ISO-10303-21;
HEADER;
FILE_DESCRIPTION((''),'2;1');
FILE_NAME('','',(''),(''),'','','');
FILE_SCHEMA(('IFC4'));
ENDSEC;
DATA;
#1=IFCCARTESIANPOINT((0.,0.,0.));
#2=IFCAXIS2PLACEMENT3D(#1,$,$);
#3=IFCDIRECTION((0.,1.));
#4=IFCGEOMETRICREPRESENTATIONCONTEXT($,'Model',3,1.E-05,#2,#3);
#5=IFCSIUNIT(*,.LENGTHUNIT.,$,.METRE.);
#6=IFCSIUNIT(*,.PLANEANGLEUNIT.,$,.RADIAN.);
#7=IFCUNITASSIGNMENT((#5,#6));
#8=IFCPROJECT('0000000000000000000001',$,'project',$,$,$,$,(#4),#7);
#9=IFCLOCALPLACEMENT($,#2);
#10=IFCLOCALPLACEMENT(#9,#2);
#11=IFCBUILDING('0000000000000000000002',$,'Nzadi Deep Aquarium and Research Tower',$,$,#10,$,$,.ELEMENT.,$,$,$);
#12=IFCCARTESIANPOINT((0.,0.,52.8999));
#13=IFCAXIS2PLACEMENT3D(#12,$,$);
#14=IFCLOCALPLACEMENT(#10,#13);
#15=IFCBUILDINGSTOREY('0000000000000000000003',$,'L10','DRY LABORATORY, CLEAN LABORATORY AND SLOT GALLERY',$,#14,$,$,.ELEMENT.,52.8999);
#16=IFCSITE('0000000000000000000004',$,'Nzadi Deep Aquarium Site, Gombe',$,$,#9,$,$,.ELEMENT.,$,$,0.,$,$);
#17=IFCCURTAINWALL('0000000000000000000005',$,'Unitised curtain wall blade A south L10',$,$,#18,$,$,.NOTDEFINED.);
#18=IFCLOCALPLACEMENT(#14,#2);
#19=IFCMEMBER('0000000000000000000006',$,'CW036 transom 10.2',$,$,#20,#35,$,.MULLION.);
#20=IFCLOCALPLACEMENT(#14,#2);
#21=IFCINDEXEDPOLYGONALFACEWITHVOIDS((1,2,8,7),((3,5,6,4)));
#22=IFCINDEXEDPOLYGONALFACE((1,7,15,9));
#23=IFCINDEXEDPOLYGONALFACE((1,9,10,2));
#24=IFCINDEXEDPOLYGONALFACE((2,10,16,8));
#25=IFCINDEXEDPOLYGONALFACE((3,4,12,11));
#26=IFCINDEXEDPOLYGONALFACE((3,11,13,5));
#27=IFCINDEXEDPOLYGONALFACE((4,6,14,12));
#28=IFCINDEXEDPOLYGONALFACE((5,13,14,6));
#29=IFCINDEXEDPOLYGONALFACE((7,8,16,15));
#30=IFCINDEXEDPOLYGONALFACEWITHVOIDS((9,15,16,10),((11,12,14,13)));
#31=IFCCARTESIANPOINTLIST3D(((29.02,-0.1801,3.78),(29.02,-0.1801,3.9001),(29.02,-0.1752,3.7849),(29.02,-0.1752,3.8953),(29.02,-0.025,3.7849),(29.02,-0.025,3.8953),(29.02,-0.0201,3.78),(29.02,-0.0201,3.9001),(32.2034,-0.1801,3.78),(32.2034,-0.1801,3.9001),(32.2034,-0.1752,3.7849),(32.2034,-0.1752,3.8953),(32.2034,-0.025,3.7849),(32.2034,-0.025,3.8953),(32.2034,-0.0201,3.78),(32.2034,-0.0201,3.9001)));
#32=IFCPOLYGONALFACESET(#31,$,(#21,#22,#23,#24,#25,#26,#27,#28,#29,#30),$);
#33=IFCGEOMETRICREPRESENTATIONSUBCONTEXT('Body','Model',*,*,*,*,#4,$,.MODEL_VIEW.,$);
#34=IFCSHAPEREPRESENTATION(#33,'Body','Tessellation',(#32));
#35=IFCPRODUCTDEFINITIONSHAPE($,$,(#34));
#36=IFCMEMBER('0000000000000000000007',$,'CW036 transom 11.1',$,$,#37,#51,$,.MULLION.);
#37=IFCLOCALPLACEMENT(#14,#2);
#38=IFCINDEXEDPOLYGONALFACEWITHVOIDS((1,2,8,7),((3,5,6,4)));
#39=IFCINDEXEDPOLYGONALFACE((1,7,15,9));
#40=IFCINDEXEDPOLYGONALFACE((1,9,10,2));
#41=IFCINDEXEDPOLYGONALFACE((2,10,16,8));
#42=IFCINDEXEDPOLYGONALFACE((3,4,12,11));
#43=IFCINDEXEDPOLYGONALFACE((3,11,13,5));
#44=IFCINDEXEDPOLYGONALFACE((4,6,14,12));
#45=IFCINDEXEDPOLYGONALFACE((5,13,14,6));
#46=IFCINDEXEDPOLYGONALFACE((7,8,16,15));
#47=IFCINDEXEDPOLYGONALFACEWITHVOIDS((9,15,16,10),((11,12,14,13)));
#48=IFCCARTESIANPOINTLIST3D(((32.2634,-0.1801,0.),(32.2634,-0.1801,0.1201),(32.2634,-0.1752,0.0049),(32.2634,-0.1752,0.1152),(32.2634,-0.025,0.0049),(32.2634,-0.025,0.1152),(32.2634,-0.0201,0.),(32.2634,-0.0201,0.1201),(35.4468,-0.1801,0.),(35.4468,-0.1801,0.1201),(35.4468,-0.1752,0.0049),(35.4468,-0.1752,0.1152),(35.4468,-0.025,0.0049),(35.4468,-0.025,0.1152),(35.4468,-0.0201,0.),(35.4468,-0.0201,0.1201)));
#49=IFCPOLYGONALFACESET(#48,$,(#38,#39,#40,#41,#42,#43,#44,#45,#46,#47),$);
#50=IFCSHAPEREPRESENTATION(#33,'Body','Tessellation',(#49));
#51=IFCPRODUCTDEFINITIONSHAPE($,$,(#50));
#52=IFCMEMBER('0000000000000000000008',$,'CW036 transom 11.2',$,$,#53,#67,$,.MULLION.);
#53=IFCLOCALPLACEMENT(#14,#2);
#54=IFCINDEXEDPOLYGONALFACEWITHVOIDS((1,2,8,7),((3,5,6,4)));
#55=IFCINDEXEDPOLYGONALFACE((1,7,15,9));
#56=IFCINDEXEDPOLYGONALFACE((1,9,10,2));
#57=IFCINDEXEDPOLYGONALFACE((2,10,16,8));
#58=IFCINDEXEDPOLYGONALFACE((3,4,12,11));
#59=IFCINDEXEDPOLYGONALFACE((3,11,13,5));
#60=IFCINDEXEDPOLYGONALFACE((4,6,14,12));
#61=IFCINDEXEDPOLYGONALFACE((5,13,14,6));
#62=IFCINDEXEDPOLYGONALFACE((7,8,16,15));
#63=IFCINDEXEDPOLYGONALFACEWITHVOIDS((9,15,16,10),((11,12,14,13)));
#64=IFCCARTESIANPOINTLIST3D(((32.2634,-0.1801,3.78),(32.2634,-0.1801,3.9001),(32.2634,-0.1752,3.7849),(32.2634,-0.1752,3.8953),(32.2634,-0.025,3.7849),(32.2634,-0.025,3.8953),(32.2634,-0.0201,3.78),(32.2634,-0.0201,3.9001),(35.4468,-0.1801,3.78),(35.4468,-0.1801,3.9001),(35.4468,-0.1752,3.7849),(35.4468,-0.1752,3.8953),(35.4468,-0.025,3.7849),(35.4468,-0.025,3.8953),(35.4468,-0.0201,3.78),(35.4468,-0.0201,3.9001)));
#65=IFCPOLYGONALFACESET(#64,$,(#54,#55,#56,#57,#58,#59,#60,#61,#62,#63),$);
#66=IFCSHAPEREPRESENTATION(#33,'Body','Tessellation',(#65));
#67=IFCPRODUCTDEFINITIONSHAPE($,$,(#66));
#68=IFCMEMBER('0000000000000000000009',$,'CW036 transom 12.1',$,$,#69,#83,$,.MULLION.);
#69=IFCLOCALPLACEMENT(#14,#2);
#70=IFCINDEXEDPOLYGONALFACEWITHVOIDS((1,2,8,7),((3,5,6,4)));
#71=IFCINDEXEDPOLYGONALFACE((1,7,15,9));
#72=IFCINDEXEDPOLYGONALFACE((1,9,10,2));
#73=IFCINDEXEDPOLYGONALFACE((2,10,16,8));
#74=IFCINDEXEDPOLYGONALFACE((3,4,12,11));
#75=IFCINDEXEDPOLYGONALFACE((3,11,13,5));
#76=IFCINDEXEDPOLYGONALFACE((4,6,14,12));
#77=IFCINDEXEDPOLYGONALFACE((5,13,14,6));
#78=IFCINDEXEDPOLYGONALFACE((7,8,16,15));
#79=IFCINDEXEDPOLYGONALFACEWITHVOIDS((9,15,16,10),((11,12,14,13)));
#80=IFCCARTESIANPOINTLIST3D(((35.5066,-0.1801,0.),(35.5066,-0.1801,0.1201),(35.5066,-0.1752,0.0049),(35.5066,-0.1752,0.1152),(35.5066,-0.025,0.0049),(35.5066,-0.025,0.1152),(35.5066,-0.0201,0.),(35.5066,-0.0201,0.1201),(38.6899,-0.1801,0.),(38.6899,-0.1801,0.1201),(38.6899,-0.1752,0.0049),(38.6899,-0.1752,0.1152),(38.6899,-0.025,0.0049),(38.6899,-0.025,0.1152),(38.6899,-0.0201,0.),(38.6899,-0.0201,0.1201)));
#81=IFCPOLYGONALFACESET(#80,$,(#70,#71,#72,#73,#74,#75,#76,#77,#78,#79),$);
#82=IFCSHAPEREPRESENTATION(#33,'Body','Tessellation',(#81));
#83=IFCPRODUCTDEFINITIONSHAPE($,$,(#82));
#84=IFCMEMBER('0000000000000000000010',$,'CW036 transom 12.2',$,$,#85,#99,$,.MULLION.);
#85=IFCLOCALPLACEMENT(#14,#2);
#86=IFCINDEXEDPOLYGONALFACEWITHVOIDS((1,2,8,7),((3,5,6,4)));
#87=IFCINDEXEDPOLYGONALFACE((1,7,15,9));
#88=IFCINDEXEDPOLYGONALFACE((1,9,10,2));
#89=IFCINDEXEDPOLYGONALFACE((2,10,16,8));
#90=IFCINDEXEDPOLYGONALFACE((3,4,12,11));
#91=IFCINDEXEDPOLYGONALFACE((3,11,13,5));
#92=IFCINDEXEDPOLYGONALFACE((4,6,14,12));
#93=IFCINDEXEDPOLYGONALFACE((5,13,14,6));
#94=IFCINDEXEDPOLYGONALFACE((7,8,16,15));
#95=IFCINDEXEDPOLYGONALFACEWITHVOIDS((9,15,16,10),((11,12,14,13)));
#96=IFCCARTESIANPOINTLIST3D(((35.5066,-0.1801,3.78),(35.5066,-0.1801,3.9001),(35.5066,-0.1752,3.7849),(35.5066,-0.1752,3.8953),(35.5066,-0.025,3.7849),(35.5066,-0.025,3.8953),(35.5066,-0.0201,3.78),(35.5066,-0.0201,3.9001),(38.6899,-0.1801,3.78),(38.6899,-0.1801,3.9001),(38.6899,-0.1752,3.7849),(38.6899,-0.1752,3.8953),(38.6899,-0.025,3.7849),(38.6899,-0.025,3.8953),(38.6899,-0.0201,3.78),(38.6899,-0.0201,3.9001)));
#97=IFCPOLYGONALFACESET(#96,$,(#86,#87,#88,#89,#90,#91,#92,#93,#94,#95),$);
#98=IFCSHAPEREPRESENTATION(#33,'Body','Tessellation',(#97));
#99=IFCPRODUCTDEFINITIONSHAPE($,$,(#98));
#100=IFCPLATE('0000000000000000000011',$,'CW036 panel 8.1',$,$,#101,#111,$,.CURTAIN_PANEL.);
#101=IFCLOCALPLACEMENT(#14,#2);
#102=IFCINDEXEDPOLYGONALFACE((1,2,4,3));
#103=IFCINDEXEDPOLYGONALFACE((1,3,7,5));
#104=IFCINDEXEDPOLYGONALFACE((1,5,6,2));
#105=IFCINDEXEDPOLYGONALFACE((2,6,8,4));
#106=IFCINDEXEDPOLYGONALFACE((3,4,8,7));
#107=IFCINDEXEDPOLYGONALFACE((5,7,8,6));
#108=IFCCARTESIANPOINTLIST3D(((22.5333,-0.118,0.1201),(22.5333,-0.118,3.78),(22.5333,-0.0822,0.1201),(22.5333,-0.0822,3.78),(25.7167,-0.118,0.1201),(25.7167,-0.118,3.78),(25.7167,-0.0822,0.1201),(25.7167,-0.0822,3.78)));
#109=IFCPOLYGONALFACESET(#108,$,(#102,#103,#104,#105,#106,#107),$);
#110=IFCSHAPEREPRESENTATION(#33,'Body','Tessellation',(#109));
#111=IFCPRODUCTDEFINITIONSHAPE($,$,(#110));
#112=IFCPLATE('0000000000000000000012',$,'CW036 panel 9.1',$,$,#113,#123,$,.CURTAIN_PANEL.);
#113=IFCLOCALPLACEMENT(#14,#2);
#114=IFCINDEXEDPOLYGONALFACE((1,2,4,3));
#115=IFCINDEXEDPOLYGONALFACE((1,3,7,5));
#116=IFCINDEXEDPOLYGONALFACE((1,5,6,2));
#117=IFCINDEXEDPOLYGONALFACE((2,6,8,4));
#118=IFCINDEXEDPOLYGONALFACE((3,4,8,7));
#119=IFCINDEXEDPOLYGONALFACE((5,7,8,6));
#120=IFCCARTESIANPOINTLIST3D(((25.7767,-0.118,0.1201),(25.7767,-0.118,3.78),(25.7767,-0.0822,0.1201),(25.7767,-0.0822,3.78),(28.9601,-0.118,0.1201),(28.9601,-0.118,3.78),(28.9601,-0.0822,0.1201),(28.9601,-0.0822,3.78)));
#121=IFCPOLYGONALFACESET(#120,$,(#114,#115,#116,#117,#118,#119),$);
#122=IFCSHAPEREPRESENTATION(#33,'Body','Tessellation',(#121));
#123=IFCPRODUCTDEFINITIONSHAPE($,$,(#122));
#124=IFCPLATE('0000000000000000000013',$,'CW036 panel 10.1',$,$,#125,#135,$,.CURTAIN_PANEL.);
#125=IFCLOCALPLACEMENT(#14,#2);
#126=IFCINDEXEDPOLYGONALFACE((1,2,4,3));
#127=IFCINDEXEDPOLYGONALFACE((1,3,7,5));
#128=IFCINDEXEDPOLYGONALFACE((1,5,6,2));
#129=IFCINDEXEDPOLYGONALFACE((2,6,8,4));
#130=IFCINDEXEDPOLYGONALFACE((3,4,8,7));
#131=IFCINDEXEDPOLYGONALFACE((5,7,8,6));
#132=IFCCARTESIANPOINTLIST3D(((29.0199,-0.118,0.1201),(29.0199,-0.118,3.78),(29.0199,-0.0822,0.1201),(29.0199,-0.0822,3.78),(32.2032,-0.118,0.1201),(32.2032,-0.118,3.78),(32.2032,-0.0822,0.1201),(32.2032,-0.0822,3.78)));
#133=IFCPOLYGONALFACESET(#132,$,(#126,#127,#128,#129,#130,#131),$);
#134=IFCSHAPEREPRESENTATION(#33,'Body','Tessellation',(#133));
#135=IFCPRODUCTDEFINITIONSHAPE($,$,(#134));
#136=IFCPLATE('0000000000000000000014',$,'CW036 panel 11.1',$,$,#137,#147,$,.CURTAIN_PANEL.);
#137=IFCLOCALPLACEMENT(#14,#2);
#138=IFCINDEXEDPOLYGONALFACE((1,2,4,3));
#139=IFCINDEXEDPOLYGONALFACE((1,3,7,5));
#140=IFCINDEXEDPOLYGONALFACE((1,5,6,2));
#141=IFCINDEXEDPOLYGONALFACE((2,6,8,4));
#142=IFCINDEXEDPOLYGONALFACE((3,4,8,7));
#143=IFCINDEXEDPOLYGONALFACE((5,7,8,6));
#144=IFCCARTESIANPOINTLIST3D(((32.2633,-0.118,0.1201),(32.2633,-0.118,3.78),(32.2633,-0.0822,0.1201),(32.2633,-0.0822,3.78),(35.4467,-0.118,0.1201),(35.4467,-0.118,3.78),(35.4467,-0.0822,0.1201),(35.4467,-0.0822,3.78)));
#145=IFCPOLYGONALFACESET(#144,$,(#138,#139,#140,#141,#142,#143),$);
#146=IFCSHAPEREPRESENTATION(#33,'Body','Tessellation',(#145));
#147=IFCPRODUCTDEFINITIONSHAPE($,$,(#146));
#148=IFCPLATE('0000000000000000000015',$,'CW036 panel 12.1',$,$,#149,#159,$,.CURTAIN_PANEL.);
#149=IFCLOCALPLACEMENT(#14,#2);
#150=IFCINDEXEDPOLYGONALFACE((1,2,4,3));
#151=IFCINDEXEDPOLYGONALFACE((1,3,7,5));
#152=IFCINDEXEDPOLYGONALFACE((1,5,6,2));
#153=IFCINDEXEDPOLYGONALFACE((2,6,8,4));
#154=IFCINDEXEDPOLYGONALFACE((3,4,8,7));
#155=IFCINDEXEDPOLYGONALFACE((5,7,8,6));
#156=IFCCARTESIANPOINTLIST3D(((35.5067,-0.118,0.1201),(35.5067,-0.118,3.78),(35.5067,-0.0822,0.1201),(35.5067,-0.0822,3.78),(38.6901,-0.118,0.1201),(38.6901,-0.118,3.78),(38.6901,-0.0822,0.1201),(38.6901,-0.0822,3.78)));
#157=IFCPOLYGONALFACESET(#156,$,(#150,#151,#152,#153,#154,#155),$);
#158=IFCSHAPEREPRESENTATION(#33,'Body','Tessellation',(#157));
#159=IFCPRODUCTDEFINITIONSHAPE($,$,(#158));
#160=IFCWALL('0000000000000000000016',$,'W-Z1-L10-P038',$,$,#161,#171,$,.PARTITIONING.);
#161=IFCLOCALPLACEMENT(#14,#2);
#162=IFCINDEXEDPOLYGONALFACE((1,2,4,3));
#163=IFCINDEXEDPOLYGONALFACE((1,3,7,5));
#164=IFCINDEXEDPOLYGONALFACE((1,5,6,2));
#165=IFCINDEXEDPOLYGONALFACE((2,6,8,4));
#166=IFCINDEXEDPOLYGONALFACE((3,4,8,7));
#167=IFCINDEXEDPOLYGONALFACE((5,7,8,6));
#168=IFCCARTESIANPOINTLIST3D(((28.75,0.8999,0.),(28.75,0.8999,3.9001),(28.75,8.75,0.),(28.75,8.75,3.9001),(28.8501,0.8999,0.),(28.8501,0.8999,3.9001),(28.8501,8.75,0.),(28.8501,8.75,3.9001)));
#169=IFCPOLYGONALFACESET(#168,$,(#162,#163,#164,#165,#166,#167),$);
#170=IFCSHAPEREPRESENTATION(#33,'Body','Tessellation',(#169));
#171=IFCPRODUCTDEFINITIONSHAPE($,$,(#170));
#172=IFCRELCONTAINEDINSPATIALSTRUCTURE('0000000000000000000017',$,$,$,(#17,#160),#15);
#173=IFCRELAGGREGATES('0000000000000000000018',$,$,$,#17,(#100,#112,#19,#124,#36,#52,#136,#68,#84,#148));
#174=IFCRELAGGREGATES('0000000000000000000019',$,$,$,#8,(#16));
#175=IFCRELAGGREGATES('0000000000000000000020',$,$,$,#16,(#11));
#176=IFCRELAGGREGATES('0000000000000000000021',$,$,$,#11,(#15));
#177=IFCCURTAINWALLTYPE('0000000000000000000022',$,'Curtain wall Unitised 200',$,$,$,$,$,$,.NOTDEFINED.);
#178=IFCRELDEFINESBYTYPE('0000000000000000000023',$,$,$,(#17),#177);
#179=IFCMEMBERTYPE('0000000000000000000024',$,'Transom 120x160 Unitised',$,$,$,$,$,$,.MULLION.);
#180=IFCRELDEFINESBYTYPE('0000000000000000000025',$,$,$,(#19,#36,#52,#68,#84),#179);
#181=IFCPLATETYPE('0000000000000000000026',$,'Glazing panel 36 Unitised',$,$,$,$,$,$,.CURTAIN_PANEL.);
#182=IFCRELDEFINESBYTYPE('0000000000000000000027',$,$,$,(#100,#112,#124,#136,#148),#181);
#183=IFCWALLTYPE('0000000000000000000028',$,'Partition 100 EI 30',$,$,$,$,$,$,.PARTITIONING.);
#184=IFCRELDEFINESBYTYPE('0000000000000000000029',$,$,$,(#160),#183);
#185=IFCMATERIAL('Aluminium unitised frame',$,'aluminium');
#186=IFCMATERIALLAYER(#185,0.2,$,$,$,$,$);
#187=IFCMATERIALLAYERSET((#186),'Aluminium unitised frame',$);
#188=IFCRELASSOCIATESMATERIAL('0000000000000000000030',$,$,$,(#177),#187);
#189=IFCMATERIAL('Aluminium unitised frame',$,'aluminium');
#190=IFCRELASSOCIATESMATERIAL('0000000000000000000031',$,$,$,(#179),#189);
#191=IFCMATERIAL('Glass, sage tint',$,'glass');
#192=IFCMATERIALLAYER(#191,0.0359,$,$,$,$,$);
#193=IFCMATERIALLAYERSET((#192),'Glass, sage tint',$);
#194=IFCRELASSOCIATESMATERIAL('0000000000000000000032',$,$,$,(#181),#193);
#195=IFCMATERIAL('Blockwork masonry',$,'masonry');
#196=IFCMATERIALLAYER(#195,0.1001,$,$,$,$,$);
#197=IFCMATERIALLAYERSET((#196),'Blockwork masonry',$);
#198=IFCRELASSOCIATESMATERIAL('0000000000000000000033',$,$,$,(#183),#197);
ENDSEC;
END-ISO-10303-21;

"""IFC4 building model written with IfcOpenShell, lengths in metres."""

from ifc_helpers import new_model, si_unit, direction, frame, frame_2d, origin, origin_2d, place, context, subcontext, project, spatial, rectangle, hollow_rectangle, extrude, material, layer, layer_set, material_profile, profile_set, type_object, element, aggregate, save


model = new_model("IFC4")

# Units and contexts
model_context = context("Model", 3, precision=1e-05, world=origin(), true_north=direction((0.0, 1.0)))
body_context = subcontext(model_context, "Body", "Model", "MODEL_VIEW")
ifc_project = project(units=[si_unit("LENGTHUNIT", "METRE"), si_unit("PLANEANGLEUNIT", "RADIAN")], contexts=[model_context])

# Site, building, storey
site_placement = place(None, origin())
site = spatial("IfcSite", under=ifc_project, at=site_placement, Name="Nzadi Deep Aquarium Site, Gombe", CompositionType="ELEMENT", RefElevation=0.0)
building_placement = place(site_placement, origin())
building = spatial("IfcBuilding", under=site, at=building_placement, Name="Nzadi Deep Aquarium and Research Tower", CompositionType="ELEMENT")
storey_placement = place(building_placement, frame((0.0, 0.0, 52.8999)))
storey = spatial("IfcBuildingStorey", under=building, at=storey_placement, Name="L10", Description="DRY LABORATORY, CLEAN LABORATORY AND SLOT GALLERY", CompositionType="ELEMENT", Elevation=52.8999)

# Curtain wall
ifc_material_1 = material(Name="Aluminium unitised frame", Category="aluminium")
ifc_layer_1 = layer(ifc_material_1, 0.2)
ifc_layer_set_1 = layer_set([ifc_layer_1], Name="Aluminium unitised frame")
curtain_wall_type = type_object("IfcCurtainWallType", Name="Curtain wall Unitised 200", PredefinedType="NOTDEFINED", material=ifc_layer_set_1)
curtain_wall_placement = place(storey_placement, origin())
curtain_wall = element("IfcCurtainWall", 1, at=curtain_wall_placement, inside=storey, type_object=curtain_wall_type, Name="Unitised curtain wall blade A south L10", PredefinedType="NOTDEFINED")

# Members
ifc_material_2 = material(Name="Aluminium unitised frame", Category="aluminium")
ifc_material_profile_1 = material_profile(ifc_material_2, hollow_rectangle(XDim=0.1599, YDim=0.1201, WallThickness=0.0049, at=origin_2d()))
ifc_profile_set_1 = profile_set([ifc_material_profile_1], Name="Aluminium unitised frame")
member_type_1 = type_object("IfcMemberType", Name="Transom 120x160 Unitised", PredefinedType="MULLION", material=ifc_profile_set_1)
member_1_placement = place(storey_placement, frame((29.02, -0.1001, 3.8401), z_axis=(1.0, 0.0, 0.0), x_axis=(0.0, 1.0, 0.0)))
member_1 = element("IfcMember", 2, at=member_1_placement, type_object=member_type_1, Name="CW036 transom 10.2", PredefinedType="MULLION", context=body_context, shape_type="SweptSolid", body=[
    extrude(hollow_rectangle(XDim=0.1599, YDim=0.1201, WallThickness=0.0049, at=origin_2d()), origin(), (0.0, 0.0, 1.0), 3.1833),
])
member_2_placement = place(storey_placement, frame((32.2634, -0.1001, 0.0601), z_axis=(1.0, 0.0, 0.0), x_axis=(0.0, 1.0, 0.0)))
member_2 = element("IfcMember", 3, at=member_2_placement, type_object=member_type_1, Name="CW036 transom 11.1", PredefinedType="MULLION", context=body_context, shape_type="SweptSolid", body=[
    extrude(hollow_rectangle(XDim=0.1599, YDim=0.1201, WallThickness=0.0049, at=origin_2d()), origin(), (0.0, 0.0, 1.0), 3.1833),
])
member_3_placement = place(storey_placement, frame((32.2634, -0.1001, 3.8401), z_axis=(1.0, 0.0, 0.0), x_axis=(0.0, 1.0, 0.0)))
member_3 = element("IfcMember", 4, at=member_3_placement, type_object=member_type_1, Name="CW036 transom 11.2", PredefinedType="MULLION", context=body_context, shape_type="SweptSolid", body=[
    extrude(hollow_rectangle(XDim=0.1599, YDim=0.1201, WallThickness=0.0049, at=origin_2d()), origin(), (0.0, 0.0, 1.0), 3.1833),
])
member_4_placement = place(storey_placement, frame((35.5066, -0.1001, 0.0601), z_axis=(1.0, 0.0, 0.0), x_axis=(0.0, 1.0, 0.0)))
member_4 = element("IfcMember", 5, at=member_4_placement, type_object=member_type_1, Name="CW036 transom 12.1", PredefinedType="MULLION", context=body_context, shape_type="SweptSolid", body=[
    extrude(hollow_rectangle(XDim=0.1599, YDim=0.1201, WallThickness=0.0049, at=origin_2d()), origin(), (0.0, 0.0, 1.0), 3.1833),
])
member_5_placement = place(storey_placement, frame((35.5066, -0.1001, 3.8401), z_axis=(1.0, 0.0, 0.0), x_axis=(0.0, 1.0, 0.0)))
member_5 = element("IfcMember", 6, at=member_5_placement, type_object=member_type_1, Name="CW036 transom 12.2", PredefinedType="MULLION", context=body_context, shape_type="SweptSolid", body=[
    extrude(hollow_rectangle(XDim=0.1599, YDim=0.1201, WallThickness=0.0049, at=origin_2d()), origin(), (0.0, 0.0, 1.0), 3.1833),
])

# Plates
ifc_material_3 = material(Name="Glass, sage tint", Category="glass")
ifc_layer_2 = layer(ifc_material_3, 0.0359)
ifc_layer_set_2 = layer_set([ifc_layer_2], Name="Glass, sage tint")
plate_type = type_object("IfcPlateType", Name="Glazing panel 36 Unitised", PredefinedType="CURTAIN_PANEL", material=ifc_layer_set_2)
plate_1_placement = place(storey_placement, frame((24.125, -0.1001, 0.1201), z_axis=(0.0, 0.0, 1.0), x_axis=(1.0, 0.0, 0.0)))
plate_1 = element("IfcPlate", 7, at=plate_1_placement, type_object=plate_type, Name="CW036 panel 8.1", PredefinedType="CURTAIN_PANEL", context=body_context, shape_type="SweptSolid", body=[
    extrude(rectangle(XDim=3.1833, YDim=0.0359, at=origin_2d()), origin(), (0.0, 0.0, 1.0), 3.6599),
])
plate_2_placement = place(storey_placement, frame((27.3684, -0.1001, 0.1201), z_axis=(0.0, 0.0, 1.0), x_axis=(1.0, 0.0, 0.0)))
plate_2 = element("IfcPlate", 8, at=plate_2_placement, type_object=plate_type, Name="CW036 panel 9.1", PredefinedType="CURTAIN_PANEL", context=body_context, shape_type="SweptSolid", body=[
    extrude(rectangle(XDim=3.1833, YDim=0.0359, at=origin_2d()), origin(), (0.0, 0.0, 1.0), 3.6599),
])
plate_3_placement = place(storey_placement, frame((30.6116, -0.1001, 0.1201), z_axis=(0.0, 0.0, 1.0), x_axis=(1.0, 0.0, 0.0)))
plate_3 = element("IfcPlate", 9, at=plate_3_placement, type_object=plate_type, Name="CW036 panel 10.1", PredefinedType="CURTAIN_PANEL", context=body_context, shape_type="SweptSolid", body=[
    extrude(rectangle(XDim=3.1833, YDim=0.0359, at=origin_2d()), origin(), (0.0, 0.0, 1.0), 3.6599),
])
plate_4_placement = place(storey_placement, frame((33.855, -0.1001, 0.1201), z_axis=(0.0, 0.0, 1.0), x_axis=(1.0, 0.0, 0.0)))
plate_4 = element("IfcPlate", 10, at=plate_4_placement, type_object=plate_type, Name="CW036 panel 11.1", PredefinedType="CURTAIN_PANEL", context=body_context, shape_type="SweptSolid", body=[
    extrude(rectangle(XDim=3.1833, YDim=0.0359, at=origin_2d()), origin(), (0.0, 0.0, 1.0), 3.6599),
])
plate_5_placement = place(storey_placement, frame((37.0984, -0.1001, 0.1201), z_axis=(0.0, 0.0, 1.0), x_axis=(1.0, 0.0, 0.0)))
plate_5 = element("IfcPlate", 11, at=plate_5_placement, type_object=plate_type, Name="CW036 panel 12.1", PredefinedType="CURTAIN_PANEL", context=body_context, shape_type="SweptSolid", body=[
    extrude(rectangle(XDim=3.1833, YDim=0.0359, at=origin_2d()), origin(), (0.0, 0.0, 1.0), 3.6599),
])
aggregate(curtain_wall, [plate_1, plate_2, member_1, plate_3, member_2, member_3, plate_4, member_4, member_5, plate_5])

# Wall
ifc_material_4 = material(Name="Blockwork masonry", Category="masonry")
ifc_layer_3 = layer(ifc_material_4, 0.1001)
ifc_layer_set_3 = layer_set([ifc_layer_3], Name="Blockwork masonry")
wall_type_1 = type_object("IfcWallType", Name="Partition 100 EI 30", PredefinedType="PARTITIONING", material=ifc_layer_set_3)
wall_1_placement = place(storey_placement, frame((28.8, 0.8999, 0.0), z_axis=(0.0, 0.0, 1.0), x_axis=(0.0, 1.0, 0.0)))
element("IfcWall", 12, at=wall_1_placement, inside=storey, type_object=wall_type_1, Name="W-Z1-L10-P038", PredefinedType="PARTITIONING", context=body_context, shape_type="SweptSolid", body=[
    extrude(rectangle(XDim=7.8501, YDim=0.1001, at=frame_2d((3.925, 0.0))), origin(), (0.0, 0.0, 1.0), 3.9001),
])

save(model, "model.ifc")
